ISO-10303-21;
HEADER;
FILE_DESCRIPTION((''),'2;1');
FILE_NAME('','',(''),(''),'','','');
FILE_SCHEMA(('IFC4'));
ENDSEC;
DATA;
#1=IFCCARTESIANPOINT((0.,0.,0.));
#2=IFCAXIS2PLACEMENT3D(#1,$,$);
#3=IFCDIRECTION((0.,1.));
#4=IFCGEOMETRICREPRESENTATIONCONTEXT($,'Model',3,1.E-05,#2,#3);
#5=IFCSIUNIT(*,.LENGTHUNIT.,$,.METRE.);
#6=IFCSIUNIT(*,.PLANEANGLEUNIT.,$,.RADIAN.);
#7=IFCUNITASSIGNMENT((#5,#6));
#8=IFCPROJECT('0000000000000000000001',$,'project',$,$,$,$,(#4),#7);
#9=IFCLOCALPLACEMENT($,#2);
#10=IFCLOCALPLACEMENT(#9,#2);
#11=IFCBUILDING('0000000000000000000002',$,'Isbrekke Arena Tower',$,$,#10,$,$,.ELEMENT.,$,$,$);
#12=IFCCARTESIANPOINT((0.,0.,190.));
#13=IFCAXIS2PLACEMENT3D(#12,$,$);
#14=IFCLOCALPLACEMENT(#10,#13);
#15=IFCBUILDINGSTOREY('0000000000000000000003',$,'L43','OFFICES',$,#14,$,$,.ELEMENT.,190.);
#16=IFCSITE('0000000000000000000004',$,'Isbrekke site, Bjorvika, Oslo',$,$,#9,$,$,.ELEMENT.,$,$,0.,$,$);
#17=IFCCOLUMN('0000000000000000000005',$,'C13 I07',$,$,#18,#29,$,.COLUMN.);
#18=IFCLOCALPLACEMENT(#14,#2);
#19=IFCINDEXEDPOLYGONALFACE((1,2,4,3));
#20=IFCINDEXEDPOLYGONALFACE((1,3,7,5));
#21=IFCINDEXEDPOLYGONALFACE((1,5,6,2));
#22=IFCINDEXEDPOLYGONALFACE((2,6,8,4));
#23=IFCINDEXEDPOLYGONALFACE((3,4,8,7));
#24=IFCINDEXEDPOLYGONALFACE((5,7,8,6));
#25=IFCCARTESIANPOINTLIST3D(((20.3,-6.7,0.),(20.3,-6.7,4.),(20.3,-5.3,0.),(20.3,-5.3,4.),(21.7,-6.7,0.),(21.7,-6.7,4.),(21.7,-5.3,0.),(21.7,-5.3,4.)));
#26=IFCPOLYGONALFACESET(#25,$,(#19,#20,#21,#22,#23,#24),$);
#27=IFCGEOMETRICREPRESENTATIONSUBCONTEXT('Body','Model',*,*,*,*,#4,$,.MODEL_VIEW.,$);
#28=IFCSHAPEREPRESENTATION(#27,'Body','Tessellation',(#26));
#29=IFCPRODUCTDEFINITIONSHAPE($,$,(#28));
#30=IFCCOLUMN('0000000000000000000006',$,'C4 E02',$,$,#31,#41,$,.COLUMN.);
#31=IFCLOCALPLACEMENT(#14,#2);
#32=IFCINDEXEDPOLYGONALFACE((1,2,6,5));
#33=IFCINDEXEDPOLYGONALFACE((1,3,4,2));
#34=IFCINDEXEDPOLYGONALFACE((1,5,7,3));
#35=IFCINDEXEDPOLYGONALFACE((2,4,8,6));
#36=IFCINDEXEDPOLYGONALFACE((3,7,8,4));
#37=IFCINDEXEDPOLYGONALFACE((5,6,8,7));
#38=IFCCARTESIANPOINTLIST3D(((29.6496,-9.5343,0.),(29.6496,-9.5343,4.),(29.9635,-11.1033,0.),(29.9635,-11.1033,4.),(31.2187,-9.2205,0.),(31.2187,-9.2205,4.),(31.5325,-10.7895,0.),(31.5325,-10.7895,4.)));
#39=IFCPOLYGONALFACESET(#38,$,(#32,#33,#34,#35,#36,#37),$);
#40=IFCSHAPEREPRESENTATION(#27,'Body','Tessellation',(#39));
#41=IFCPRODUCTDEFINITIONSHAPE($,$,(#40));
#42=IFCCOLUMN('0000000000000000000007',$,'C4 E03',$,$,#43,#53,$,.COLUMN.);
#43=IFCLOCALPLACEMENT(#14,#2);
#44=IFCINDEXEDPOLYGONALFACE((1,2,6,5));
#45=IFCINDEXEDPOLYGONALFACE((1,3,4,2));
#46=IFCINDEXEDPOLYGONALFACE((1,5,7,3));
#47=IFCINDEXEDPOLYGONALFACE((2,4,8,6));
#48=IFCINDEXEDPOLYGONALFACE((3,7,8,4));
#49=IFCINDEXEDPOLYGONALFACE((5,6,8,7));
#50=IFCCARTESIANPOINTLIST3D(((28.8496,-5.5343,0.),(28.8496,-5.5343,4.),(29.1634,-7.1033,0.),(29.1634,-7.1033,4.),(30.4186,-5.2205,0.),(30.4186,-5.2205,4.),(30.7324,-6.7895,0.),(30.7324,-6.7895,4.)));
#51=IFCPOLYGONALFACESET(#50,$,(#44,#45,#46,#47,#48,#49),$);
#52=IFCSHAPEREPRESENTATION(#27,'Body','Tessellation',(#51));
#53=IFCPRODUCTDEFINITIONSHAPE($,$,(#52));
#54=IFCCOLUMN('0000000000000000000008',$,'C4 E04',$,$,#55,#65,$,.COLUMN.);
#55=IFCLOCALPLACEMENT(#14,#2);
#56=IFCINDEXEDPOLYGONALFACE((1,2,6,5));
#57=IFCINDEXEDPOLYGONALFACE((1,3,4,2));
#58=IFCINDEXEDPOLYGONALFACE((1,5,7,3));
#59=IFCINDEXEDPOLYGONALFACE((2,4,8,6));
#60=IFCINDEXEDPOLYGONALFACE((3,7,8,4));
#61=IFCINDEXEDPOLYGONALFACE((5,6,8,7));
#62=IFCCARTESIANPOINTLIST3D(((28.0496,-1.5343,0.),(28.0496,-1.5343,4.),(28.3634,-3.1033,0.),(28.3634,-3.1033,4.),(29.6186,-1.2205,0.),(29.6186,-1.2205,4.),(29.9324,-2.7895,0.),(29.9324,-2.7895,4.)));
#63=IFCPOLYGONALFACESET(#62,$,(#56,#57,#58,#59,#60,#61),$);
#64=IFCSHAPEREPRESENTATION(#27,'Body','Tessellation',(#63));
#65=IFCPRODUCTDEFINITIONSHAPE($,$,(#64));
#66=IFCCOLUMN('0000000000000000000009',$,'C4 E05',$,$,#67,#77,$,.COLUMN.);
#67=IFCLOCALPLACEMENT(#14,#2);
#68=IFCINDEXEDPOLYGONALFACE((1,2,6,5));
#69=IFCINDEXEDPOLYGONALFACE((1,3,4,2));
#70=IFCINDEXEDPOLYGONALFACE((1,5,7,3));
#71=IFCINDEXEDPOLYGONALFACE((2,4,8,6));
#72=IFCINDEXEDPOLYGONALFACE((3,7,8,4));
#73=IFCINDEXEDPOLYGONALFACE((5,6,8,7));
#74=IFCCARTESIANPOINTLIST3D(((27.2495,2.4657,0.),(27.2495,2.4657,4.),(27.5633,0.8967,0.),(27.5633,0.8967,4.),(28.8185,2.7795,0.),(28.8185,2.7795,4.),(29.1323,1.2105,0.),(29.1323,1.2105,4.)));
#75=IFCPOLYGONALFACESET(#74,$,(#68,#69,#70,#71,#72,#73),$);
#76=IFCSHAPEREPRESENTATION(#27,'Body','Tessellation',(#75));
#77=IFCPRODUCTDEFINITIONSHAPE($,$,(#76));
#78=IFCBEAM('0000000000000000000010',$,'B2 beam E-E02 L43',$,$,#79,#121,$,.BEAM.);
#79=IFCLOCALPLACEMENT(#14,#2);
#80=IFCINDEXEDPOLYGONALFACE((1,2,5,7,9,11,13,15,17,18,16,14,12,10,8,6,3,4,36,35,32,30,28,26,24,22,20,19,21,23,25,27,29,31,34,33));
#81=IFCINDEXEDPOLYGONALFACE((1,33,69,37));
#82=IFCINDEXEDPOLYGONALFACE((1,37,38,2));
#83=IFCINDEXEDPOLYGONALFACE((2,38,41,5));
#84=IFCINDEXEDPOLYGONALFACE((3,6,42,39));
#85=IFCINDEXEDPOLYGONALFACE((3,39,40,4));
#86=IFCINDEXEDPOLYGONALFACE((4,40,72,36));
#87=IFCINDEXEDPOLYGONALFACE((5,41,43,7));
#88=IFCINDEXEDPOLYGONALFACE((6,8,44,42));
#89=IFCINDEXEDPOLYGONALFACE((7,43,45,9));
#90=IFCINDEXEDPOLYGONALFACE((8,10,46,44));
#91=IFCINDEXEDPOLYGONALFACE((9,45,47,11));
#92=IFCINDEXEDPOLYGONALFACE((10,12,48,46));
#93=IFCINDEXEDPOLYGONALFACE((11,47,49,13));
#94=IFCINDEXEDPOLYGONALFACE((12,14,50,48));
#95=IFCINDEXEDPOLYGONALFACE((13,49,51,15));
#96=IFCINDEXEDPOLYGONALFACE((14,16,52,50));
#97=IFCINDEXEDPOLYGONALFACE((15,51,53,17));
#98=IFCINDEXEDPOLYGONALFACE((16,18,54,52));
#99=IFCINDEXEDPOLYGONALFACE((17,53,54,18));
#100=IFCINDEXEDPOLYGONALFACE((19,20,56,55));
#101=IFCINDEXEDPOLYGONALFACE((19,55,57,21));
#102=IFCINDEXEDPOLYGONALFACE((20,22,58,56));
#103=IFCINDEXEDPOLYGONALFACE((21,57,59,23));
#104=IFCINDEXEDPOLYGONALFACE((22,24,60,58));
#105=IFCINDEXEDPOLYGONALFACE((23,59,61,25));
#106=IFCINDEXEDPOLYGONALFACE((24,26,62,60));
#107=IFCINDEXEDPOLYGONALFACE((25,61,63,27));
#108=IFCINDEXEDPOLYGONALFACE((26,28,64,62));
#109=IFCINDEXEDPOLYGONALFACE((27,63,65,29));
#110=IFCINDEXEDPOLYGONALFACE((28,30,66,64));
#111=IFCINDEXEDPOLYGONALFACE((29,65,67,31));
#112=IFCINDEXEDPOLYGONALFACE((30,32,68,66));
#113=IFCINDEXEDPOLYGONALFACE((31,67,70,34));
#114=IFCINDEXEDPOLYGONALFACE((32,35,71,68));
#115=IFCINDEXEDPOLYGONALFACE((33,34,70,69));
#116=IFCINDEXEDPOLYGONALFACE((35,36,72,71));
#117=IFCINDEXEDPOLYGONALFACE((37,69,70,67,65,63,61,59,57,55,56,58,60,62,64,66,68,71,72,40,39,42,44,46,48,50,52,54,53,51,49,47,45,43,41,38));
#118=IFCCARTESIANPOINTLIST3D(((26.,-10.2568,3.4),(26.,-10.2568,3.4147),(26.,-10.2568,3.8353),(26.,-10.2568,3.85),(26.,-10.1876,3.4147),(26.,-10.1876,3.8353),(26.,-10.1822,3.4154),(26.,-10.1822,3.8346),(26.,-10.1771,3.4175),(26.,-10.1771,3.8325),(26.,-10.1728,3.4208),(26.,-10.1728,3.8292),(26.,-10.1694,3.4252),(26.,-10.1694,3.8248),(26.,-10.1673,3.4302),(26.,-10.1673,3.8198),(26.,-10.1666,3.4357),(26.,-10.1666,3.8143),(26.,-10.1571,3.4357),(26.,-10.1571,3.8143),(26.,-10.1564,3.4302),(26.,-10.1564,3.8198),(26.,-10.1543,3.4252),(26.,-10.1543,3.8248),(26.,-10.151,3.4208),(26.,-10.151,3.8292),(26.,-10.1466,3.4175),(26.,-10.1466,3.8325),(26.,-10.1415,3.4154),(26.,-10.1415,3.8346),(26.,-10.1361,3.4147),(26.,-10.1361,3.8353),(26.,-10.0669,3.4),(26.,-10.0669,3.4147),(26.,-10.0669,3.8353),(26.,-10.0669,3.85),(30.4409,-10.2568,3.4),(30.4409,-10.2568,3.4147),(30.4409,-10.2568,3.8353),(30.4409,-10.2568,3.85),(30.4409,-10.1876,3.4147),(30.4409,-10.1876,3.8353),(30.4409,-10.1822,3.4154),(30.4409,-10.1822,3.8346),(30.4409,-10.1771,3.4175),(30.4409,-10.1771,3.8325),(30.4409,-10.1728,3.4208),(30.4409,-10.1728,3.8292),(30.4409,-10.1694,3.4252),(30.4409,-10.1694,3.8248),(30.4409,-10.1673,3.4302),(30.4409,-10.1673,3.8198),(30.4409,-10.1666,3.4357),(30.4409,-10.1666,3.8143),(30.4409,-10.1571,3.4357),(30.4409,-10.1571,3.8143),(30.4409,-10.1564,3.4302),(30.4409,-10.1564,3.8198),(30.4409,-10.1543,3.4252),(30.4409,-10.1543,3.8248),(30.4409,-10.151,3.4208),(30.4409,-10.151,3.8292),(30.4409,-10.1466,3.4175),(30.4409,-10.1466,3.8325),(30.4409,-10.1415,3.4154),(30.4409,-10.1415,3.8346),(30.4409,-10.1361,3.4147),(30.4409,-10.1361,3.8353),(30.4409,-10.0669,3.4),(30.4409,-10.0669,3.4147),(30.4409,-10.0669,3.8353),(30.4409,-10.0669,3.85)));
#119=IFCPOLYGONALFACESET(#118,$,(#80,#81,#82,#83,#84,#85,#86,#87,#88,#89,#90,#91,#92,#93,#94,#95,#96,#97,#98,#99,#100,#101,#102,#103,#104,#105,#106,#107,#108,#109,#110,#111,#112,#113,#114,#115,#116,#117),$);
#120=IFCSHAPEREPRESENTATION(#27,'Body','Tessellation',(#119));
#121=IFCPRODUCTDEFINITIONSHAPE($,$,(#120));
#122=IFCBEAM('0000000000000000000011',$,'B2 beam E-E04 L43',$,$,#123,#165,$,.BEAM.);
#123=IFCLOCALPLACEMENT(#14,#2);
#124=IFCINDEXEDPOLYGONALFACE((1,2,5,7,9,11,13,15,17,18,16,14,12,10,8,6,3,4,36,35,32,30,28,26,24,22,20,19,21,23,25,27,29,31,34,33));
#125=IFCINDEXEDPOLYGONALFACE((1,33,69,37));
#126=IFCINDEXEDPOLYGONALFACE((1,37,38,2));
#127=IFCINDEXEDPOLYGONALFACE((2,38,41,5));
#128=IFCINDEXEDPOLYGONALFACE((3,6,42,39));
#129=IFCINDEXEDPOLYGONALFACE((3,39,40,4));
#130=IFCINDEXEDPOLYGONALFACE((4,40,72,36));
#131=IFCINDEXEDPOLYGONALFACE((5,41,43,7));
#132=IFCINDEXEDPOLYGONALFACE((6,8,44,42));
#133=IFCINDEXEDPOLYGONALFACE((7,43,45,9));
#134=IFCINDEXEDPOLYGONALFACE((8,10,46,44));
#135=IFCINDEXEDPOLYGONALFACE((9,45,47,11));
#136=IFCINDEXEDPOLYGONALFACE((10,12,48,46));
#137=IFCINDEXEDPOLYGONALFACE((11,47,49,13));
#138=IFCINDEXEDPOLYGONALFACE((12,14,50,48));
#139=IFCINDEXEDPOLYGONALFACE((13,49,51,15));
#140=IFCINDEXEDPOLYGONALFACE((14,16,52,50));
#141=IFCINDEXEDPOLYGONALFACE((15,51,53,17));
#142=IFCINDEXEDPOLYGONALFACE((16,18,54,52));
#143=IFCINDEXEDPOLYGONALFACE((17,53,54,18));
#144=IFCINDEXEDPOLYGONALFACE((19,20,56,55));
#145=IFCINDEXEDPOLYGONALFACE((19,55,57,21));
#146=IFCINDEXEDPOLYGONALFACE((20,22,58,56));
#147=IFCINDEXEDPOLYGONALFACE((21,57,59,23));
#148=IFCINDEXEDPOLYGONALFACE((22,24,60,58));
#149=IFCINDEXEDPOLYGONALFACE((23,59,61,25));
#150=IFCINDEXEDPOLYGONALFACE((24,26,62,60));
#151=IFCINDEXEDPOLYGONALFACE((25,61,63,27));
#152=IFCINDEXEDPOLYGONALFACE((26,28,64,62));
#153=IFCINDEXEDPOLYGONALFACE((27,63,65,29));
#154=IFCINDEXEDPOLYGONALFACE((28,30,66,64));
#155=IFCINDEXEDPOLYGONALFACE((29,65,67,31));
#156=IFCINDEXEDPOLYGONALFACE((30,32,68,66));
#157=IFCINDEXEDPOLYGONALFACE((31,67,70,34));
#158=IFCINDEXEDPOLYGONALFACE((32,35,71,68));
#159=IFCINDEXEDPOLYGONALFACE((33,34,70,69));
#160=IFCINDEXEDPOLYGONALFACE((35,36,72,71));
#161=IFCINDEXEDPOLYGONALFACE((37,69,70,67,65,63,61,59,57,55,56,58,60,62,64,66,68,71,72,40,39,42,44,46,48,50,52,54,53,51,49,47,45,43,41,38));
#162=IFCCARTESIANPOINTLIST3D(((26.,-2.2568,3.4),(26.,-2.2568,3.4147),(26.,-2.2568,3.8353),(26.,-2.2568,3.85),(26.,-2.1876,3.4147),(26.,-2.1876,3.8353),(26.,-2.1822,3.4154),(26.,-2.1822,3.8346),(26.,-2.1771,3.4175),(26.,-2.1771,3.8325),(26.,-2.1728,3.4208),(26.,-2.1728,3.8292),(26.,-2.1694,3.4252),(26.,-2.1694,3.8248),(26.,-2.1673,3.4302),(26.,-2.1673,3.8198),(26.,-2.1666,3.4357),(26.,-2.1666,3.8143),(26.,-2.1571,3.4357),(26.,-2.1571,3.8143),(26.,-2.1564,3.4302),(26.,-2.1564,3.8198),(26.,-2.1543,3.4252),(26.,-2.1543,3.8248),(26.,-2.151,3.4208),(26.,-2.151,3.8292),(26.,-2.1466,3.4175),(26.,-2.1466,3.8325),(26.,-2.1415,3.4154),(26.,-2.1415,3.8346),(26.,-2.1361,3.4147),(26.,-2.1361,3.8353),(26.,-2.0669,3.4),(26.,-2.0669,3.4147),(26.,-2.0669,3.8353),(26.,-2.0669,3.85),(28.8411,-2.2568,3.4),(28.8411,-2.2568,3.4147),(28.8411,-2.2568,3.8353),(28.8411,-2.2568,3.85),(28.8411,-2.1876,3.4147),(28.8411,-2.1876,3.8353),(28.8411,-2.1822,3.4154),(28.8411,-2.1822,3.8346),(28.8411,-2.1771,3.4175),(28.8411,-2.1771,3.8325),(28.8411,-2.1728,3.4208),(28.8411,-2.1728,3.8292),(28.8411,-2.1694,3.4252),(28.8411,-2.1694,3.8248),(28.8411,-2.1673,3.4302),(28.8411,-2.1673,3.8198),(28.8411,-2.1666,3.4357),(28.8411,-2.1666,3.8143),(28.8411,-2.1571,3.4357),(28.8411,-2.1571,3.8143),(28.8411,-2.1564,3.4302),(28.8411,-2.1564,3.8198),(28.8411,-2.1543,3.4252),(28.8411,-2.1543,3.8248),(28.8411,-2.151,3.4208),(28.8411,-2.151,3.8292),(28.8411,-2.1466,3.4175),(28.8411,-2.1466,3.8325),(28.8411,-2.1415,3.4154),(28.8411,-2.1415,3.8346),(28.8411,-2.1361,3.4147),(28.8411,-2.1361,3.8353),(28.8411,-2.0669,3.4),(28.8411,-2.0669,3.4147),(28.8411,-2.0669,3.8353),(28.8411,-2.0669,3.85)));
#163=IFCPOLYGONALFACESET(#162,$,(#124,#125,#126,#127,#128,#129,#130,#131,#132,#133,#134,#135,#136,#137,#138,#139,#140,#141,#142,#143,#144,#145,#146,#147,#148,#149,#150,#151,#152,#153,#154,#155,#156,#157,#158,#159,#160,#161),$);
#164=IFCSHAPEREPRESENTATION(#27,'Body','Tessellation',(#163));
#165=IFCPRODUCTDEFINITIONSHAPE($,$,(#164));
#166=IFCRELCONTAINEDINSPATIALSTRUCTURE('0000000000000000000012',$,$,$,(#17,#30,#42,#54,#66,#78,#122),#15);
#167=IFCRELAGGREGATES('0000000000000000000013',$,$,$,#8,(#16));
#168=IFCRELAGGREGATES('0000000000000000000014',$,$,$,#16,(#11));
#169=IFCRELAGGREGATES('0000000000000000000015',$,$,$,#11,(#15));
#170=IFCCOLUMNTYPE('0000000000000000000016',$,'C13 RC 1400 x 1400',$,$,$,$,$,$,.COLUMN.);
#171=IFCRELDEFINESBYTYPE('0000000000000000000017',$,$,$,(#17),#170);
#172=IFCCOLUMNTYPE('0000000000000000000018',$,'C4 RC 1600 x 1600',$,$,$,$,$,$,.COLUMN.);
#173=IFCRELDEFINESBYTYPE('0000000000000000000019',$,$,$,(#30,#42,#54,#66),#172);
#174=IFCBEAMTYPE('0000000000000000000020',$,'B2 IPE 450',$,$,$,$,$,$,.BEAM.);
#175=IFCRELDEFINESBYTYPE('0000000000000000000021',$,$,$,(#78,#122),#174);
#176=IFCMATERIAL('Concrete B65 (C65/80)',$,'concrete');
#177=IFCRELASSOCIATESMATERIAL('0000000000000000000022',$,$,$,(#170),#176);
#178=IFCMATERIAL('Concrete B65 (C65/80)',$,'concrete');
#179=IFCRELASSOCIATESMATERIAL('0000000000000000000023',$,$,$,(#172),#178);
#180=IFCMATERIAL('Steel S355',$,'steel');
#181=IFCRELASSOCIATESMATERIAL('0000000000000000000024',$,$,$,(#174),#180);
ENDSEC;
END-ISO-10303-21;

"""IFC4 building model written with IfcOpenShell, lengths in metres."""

from ifc_helpers import new_model, si_unit, direction, frame, origin, origin_2d, place, context, subcontext, project, spatial, rectangle, i_section, extrude, material, material_profile, profile_set, type_object, element, save


model = new_model("IFC4")

# Units and contexts
model_context = context("Model", 3, precision=1e-05, world=origin(), true_north=direction((0.0, 1.0)))
body_context = subcontext(model_context, "Body", "Model", "MODEL_VIEW")
ifc_project = project(units=[si_unit("LENGTHUNIT", "METRE"), si_unit("PLANEANGLEUNIT", "RADIAN")], contexts=[model_context])

# Site, building, storey
site_placement = place(None, origin())
site = spatial("IfcSite", under=ifc_project, at=site_placement, Name="Isbrekke site, Bjorvika, Oslo", CompositionType="ELEMENT", RefElevation=0.0)
building_placement = place(site_placement, origin())
building = spatial("IfcBuilding", under=site, at=building_placement, Name="Isbrekke Arena Tower", CompositionType="ELEMENT")
storey_placement = place(building_placement, frame((0.0, 0.0, 190.0)))
storey = spatial("IfcBuildingStorey", under=building, at=storey_placement, Name="L43", Description="OFFICES", CompositionType="ELEMENT", Elevation=190.0)

# Columns
ifc_material_1 = material(Name="Concrete B65 (C65/80)", Category="concrete")
ifc_material_profile_1 = material_profile(ifc_material_1, rectangle(XDim=1.3999, YDim=1.3999, at=origin_2d()), Name="RC 1400x1400")
ifc_profile_set_1 = profile_set([ifc_material_profile_1], Name="Concrete B65 (C65/80)")
column_type_1 = type_object("IfcColumnType", Name="C13 RC 1400 x 1400", PredefinedType="COLUMN", material=ifc_profile_set_1)
column_placement = place(storey_placement, frame((21.0, -6.0, 0.0), z_axis=(0.0, 0.0, 1.0), x_axis=(1.0, 0.0, 0.0)))
element("IfcColumn", 1, at=column_placement, inside=storey, type_object=column_type_1, Name="C13 I07", PredefinedType="COLUMN", context=body_context, shape_type="SweptSolid", body=[
    extrude(rectangle(XDim=1.3999, YDim=1.3999, at=origin_2d()), origin(), (0.0, 0.0, 1.0), 4.0),
])
ifc_material_2 = material(Name="Concrete B65 (C65/80)", Category="concrete")
ifc_material_profile_2 = material_profile(ifc_material_2, rectangle(XDim=1.6001, YDim=1.6001, at=origin_2d()), Name="RC 1600x1600")
ifc_profile_set_2 = profile_set([ifc_material_profile_2], Name="Concrete B65 (C65/80)")
column_type_2 = type_object("IfcColumnType", Name="C4 RC 1600 x 1600", PredefinedType="COLUMN", material=ifc_profile_set_2)
for number, where, z_axis, x_axis, name in (
    (2, (30.5911, -10.1619, 0.0), (0.0, 0.0, 1.0), (-0.196116, 0.980581, 0.0), "C4 E02"),
    (3, (29.791, -6.1619, 0.0), (0.0, 0.0, 1.0), (-0.196116, 0.980581, 0.0), "C4 E03"),
    (4, (28.991, -2.1619, 0.0), (0.0, 0.0, 1.0), (-0.196116, 0.980581, 0.0), "C4 E04"),
    (5, (28.1909, 1.8381, 0.0), (0.0, 0.0, 1.0), (-0.196116, 0.980581, 0.0), "C4 E05"),
):
    element("IfcColumn", number, at=place(storey_placement, frame(where, z_axis=z_axis, x_axis=x_axis)), inside=storey, type_object=column_type_2, Name=name, PredefinedType="COLUMN", context=body_context, shape_type="SweptSolid", body=[
        extrude(rectangle(XDim=1.6001, YDim=1.6001, at=origin_2d()), origin(), (0.0, 0.0, 1.0), 4.0),
    ])

# Beams
ifc_material_3 = material(Name="Steel S355", Category="steel")
ifc_material_profile_3 = material_profile(ifc_material_3, i_section(OverallWidth=0.1899, OverallDepth=0.45, WebThickness=0.0095, FlangeThickness=0.0146, FilletRadius=0.021, at=origin_2d()), Name="IPE 450")
ifc_profile_set_3 = profile_set([ifc_material_profile_3], Name="Steel S355")
beam_type_1 = type_object("IfcBeamType", Name="B2 IPE 450", PredefinedType="BEAM", material=ifc_profile_set_3)
beam_1_placement = place(storey_placement, frame((30.4409, -10.1619, 3.625), z_axis=(-1.0, 0.0, 0.0), x_axis=(0.0, -1.0, 0.0)))
element("IfcBeam", 6, at=beam_1_placement, inside=storey, type_object=beam_type_1, Name="B2 beam E-E02 L43", PredefinedType="BEAM", context=body_context, shape_type="SweptSolid", body=[
    extrude(i_section(OverallWidth=0.1899, OverallDepth=0.45, WebThickness=0.0095, FlangeThickness=0.0146, FilletRadius=0.021, at=origin_2d()), origin(), (0.0, 0.0, 1.0), 4.4409),
])
beam_2_placement = place(storey_placement, frame((28.8411, -2.1619, 3.625), z_axis=(-1.0, 0.0, 0.0), x_axis=(0.0, -1.0, 0.0)))
element("IfcBeam", 7, at=beam_2_placement, inside=storey, type_object=beam_type_1, Name="B2 beam E-E04 L43", PredefinedType="BEAM", context=body_context, shape_type="SweptSolid", body=[
    extrude(i_section(OverallWidth=0.1899, OverallDepth=0.45, WebThickness=0.0095, FlangeThickness=0.0146, FilletRadius=0.021, at=origin_2d()), origin(), (0.0, 0.0, 1.0), 2.8411),
])

save(model, "model.ifc")
